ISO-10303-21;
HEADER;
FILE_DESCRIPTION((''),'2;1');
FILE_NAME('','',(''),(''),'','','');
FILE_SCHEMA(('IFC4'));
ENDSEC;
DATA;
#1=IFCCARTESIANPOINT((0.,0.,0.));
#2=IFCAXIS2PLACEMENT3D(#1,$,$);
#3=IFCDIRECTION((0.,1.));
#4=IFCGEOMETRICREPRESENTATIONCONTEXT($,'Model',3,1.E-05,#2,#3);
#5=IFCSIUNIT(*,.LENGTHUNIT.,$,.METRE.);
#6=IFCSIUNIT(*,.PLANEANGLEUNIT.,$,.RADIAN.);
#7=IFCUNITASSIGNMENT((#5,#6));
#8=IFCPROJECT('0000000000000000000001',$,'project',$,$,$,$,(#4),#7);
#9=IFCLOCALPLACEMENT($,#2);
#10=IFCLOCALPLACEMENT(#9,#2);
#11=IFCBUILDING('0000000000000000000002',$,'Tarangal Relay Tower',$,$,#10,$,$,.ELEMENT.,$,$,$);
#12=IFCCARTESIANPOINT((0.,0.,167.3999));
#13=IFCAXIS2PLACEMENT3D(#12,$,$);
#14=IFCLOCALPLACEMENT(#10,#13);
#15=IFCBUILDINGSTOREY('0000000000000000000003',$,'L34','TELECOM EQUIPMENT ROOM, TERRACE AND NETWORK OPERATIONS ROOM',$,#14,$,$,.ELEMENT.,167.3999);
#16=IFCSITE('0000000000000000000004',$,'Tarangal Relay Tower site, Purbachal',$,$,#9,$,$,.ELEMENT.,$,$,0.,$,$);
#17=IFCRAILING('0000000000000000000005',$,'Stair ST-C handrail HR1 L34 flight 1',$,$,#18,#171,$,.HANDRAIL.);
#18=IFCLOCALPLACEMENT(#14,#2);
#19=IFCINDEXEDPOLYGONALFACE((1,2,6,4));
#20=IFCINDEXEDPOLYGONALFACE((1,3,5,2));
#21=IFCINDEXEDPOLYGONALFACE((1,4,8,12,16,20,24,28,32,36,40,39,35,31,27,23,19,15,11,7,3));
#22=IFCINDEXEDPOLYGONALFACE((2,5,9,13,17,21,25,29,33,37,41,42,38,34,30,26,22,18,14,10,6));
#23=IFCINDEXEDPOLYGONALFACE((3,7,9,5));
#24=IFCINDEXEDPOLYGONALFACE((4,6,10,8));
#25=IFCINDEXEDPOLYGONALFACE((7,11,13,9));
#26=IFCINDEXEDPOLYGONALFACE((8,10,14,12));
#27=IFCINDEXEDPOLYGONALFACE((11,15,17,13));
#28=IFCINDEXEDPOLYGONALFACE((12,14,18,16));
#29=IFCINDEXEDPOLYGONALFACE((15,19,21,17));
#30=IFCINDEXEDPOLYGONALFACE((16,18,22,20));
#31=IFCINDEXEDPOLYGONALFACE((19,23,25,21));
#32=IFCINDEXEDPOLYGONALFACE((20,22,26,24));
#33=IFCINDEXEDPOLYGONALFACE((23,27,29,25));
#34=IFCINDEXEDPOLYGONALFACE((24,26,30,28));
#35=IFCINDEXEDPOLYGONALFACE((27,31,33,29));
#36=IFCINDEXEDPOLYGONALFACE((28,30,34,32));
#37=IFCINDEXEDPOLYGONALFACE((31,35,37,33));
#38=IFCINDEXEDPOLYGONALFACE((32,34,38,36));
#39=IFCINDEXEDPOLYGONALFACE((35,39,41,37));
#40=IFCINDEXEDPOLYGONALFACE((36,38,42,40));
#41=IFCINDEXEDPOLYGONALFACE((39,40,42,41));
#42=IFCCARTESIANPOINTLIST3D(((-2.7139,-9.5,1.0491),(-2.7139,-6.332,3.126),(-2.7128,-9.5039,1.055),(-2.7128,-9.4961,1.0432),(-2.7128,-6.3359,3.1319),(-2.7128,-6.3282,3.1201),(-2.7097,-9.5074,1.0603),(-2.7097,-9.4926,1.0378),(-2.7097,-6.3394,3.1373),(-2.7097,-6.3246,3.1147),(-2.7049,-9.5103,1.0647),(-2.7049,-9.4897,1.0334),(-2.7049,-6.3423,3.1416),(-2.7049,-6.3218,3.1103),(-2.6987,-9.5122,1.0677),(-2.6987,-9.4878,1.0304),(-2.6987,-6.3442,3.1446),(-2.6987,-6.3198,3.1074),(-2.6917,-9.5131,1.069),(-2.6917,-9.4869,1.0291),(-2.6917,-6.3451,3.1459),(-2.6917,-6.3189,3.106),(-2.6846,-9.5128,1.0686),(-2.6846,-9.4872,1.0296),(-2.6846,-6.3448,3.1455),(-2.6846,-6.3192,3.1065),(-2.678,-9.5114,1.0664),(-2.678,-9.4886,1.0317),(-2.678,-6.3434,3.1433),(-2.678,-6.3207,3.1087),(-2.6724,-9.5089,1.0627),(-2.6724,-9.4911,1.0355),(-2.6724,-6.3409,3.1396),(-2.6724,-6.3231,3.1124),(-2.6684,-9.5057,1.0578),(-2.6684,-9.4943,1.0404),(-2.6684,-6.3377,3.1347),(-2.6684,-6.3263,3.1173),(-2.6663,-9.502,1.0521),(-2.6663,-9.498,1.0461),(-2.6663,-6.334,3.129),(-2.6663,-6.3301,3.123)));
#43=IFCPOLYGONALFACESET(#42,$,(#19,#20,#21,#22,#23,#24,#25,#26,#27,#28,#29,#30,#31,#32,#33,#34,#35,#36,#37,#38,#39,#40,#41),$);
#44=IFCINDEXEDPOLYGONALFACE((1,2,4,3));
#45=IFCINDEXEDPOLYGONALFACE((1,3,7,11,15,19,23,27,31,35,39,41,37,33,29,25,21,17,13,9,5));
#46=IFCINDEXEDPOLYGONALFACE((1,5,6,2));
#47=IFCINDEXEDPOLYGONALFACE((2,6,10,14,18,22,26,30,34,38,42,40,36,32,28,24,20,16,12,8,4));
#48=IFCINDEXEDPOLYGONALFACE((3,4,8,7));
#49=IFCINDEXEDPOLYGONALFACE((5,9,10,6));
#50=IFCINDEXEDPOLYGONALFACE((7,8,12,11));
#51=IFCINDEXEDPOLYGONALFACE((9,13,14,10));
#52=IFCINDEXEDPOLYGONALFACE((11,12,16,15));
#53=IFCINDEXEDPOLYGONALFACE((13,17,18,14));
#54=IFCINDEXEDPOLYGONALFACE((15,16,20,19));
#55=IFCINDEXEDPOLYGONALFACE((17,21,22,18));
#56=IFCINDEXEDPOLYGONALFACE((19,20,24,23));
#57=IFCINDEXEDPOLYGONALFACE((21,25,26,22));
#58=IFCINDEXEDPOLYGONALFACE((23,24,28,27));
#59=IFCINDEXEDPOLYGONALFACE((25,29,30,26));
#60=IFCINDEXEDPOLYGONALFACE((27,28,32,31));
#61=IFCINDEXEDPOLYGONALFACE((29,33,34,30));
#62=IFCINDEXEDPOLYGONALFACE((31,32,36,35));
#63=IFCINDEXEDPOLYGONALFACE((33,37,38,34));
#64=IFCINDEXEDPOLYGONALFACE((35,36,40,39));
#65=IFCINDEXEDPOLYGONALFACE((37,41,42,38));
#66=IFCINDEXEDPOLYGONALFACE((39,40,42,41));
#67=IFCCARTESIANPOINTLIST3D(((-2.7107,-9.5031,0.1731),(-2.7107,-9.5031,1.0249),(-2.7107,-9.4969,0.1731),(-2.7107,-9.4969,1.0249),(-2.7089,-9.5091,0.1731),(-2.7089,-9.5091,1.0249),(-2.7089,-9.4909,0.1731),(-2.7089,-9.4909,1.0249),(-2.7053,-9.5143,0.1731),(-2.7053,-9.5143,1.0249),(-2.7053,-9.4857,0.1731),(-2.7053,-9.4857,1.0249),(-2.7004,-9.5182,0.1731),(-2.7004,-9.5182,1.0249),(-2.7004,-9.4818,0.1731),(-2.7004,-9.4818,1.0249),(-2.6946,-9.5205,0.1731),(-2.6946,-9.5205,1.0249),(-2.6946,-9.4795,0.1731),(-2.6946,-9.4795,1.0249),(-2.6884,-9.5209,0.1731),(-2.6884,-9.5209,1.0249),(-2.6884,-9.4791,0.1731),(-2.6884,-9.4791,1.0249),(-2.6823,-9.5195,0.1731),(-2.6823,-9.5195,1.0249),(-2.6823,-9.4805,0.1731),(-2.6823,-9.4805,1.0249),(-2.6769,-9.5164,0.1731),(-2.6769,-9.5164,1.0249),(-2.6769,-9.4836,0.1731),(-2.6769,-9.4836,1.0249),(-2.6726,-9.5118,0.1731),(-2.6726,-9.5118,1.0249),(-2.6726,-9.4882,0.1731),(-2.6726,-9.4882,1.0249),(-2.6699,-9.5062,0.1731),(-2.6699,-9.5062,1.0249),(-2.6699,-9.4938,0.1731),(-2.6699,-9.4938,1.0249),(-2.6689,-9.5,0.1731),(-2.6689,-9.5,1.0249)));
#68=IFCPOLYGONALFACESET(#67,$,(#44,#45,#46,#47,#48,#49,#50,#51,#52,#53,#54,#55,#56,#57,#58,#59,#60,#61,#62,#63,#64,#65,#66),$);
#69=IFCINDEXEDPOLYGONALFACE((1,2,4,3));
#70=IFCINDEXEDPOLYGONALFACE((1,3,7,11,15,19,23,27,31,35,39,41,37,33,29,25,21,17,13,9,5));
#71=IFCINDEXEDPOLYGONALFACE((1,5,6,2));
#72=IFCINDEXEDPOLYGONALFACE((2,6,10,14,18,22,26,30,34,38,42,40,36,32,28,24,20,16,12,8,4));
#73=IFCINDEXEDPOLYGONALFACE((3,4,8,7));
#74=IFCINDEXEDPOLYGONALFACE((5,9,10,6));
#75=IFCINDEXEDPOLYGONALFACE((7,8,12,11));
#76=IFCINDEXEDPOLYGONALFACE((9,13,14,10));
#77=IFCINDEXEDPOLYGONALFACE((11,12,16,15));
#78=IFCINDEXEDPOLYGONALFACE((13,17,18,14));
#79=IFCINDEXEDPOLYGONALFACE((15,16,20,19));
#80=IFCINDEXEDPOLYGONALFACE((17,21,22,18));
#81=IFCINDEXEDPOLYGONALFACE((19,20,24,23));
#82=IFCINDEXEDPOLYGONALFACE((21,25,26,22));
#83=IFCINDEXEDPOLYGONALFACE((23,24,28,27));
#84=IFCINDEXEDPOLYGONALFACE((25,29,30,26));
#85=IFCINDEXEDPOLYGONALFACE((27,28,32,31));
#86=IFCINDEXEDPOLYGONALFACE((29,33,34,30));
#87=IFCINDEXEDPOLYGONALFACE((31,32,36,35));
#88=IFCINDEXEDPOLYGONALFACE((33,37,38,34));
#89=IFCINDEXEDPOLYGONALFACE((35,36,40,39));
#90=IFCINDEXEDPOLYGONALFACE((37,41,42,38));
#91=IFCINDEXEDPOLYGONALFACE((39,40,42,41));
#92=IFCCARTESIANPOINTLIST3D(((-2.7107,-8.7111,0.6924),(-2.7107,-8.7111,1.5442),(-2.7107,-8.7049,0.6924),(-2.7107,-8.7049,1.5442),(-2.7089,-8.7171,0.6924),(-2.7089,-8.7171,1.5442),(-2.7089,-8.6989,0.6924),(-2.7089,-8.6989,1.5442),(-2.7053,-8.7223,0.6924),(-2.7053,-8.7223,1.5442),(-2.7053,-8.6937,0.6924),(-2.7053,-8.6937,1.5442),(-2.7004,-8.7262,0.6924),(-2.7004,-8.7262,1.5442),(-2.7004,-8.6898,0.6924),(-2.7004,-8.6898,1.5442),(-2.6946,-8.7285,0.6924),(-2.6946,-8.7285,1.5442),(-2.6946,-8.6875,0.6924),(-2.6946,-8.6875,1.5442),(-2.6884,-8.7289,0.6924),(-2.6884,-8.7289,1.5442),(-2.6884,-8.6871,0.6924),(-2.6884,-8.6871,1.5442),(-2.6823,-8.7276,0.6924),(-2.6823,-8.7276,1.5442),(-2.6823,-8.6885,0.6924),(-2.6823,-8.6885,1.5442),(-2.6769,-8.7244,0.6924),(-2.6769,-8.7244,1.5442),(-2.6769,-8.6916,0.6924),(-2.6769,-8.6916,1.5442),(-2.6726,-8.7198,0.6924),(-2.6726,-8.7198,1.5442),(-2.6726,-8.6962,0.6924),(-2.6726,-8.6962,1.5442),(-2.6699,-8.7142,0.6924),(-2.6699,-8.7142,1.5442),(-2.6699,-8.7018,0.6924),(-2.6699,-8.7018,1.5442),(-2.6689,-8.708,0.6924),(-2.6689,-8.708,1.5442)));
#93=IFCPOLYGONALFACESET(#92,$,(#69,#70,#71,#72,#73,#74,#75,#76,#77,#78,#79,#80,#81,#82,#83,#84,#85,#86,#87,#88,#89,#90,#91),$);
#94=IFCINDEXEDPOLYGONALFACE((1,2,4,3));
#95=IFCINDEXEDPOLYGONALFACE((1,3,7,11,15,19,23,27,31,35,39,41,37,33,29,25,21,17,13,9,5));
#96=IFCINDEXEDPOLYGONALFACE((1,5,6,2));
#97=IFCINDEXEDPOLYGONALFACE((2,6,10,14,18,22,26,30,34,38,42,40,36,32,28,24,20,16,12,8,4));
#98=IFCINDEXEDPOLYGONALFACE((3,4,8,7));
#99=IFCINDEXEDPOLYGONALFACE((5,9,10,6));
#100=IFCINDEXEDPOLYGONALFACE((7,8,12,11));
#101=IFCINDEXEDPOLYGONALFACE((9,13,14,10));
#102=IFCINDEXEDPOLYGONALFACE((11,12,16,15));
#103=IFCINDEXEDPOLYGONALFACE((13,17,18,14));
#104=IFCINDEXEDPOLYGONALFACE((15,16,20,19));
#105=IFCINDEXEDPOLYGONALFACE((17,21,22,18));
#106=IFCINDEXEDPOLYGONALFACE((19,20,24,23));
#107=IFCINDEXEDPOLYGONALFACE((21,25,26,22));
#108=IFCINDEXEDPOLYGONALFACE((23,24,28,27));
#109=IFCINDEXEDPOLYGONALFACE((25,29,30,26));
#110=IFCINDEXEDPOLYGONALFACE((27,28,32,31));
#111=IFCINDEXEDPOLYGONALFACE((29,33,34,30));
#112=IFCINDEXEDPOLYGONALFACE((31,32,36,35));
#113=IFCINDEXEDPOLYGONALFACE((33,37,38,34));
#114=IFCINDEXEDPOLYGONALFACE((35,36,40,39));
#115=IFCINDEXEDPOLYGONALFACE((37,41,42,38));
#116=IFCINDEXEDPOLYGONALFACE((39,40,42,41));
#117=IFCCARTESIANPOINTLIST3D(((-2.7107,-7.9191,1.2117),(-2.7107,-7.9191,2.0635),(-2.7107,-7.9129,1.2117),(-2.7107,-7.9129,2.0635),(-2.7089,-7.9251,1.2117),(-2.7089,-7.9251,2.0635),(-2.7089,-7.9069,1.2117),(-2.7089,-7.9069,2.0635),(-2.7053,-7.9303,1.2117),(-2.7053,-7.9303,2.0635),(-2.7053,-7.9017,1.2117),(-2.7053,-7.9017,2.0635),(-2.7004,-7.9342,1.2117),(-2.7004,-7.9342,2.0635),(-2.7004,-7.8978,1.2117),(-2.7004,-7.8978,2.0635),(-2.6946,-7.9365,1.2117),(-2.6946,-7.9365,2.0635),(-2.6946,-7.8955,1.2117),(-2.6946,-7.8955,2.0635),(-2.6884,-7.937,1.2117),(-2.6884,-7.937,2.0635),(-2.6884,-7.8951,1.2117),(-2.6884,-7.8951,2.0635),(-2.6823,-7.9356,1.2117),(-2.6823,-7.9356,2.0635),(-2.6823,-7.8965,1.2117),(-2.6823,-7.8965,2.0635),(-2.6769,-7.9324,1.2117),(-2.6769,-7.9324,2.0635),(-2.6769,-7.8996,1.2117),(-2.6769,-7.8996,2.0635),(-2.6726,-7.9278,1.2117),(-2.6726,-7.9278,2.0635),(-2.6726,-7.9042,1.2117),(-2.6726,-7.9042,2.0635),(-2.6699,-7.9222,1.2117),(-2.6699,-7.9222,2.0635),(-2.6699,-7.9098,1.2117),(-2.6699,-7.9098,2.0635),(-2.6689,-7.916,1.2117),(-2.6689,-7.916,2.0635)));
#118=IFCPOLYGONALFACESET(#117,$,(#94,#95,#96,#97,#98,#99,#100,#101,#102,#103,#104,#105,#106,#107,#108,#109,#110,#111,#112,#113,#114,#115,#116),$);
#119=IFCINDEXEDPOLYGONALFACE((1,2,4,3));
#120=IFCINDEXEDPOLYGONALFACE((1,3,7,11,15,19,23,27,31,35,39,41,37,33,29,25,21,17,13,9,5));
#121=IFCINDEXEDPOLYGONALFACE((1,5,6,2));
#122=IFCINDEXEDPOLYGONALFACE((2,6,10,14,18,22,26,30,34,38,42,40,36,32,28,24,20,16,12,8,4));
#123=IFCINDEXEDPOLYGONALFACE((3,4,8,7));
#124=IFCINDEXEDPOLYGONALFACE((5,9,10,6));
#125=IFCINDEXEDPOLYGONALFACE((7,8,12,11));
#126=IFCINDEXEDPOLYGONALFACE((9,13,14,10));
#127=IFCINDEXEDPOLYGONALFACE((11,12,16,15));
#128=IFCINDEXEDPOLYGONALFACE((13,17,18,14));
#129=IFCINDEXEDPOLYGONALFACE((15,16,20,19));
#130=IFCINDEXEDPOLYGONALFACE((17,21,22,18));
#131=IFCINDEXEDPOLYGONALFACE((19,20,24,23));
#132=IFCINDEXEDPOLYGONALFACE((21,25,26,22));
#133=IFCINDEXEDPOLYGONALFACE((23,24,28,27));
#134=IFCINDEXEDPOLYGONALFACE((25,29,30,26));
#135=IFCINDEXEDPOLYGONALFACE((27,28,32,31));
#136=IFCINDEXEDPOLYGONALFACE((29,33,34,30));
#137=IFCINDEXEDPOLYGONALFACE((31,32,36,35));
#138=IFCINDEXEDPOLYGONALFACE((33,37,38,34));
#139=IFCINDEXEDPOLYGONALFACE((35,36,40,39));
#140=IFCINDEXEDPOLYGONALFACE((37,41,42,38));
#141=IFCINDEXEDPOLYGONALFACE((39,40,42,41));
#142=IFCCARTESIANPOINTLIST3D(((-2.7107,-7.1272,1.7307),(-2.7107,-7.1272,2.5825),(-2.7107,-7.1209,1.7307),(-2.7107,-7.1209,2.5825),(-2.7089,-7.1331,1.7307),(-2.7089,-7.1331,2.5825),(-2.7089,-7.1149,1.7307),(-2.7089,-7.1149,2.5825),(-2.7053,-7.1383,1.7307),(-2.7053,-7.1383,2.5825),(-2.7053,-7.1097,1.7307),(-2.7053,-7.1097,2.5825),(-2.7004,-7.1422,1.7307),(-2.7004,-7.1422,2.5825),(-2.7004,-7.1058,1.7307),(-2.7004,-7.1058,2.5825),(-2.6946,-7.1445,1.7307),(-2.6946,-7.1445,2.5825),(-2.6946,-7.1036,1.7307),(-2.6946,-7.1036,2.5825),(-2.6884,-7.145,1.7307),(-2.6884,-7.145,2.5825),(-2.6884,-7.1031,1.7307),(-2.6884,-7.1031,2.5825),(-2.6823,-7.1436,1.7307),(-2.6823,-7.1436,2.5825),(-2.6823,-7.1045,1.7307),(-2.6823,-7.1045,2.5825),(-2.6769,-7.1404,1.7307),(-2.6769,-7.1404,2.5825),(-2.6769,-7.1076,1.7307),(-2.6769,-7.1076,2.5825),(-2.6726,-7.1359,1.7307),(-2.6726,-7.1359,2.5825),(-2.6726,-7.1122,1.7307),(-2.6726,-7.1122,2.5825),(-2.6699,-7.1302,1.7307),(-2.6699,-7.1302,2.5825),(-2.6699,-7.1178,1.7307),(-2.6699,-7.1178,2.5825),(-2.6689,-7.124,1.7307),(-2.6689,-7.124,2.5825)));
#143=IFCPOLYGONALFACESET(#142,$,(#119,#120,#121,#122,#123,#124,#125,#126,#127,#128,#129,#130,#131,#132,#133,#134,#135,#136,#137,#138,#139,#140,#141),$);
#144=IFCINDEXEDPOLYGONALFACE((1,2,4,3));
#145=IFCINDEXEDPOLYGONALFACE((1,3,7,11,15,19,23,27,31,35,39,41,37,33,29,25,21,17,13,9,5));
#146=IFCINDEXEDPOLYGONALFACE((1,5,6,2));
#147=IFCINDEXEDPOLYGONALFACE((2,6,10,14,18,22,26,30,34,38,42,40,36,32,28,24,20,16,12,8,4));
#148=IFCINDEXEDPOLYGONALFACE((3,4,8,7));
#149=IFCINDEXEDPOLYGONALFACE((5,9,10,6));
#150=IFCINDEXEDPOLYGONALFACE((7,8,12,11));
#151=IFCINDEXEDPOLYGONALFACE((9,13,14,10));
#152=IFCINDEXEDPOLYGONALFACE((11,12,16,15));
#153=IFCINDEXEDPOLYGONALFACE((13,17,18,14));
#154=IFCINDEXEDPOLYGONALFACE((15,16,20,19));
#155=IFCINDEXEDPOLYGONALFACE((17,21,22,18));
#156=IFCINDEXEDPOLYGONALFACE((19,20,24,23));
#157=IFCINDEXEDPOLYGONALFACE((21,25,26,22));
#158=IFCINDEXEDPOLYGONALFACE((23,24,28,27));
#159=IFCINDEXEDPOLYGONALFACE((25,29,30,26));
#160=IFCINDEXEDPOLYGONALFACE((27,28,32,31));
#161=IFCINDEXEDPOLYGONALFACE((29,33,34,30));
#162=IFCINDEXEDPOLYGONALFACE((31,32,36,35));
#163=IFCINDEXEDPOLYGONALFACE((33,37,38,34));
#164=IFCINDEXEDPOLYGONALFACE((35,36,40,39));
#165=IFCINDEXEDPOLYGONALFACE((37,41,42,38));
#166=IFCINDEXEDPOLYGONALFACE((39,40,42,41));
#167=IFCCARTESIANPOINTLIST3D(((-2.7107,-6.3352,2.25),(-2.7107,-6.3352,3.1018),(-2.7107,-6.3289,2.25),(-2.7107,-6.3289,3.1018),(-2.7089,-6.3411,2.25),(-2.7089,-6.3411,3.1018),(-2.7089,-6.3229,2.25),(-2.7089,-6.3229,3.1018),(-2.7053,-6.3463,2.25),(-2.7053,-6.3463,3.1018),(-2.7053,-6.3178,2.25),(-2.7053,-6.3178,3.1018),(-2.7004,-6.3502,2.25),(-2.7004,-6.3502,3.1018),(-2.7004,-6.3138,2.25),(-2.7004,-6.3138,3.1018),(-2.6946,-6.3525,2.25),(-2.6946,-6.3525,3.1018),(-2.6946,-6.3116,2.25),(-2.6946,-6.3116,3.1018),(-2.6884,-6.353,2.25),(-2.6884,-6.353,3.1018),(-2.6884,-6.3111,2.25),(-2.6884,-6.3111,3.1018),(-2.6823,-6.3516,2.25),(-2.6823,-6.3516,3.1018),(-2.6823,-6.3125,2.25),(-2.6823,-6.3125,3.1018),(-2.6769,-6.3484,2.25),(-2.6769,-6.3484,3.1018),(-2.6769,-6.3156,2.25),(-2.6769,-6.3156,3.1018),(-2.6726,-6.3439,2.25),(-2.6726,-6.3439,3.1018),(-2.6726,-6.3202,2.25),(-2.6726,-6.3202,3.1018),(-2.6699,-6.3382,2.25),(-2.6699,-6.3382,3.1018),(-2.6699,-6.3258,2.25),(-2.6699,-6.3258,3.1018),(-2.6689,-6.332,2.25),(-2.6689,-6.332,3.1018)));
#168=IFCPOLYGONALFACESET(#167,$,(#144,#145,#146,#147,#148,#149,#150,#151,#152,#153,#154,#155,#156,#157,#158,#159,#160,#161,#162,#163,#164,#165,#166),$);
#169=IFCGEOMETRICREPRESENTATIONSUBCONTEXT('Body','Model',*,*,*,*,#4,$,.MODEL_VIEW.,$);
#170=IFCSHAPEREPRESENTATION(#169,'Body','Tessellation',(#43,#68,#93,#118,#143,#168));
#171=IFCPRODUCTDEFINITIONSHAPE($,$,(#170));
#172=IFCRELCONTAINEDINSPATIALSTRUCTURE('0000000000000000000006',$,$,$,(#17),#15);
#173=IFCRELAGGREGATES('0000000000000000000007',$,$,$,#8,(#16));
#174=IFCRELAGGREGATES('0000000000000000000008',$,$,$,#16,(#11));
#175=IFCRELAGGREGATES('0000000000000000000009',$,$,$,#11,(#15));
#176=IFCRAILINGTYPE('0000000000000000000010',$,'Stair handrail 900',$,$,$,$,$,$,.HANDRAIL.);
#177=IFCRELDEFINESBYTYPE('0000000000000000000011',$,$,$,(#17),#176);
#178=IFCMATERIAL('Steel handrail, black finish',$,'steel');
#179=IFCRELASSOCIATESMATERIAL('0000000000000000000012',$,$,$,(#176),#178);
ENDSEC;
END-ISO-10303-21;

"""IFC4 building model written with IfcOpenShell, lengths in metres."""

from ifc_helpers import new_model, si_unit, direction, frame, origin, origin_2d, place, context, subcontext, project, spatial, circle, extrude, material, type_object, element, save


model = new_model("IFC4")

# Units and contexts
model_context = context("Model", 3, precision=1e-05, world=origin(), true_north=direction((0.0, 1.0)))
body_context = subcontext(model_context, "Body", "Model", "MODEL_VIEW")
ifc_project = project(units=[si_unit("LENGTHUNIT", "METRE"), si_unit("PLANEANGLEUNIT", "RADIAN")], contexts=[model_context])

# Site, building, storey
site_placement = place(None, origin())
site = spatial("IfcSite", under=ifc_project, at=site_placement, Name="Tarangal Relay Tower site, Purbachal", CompositionType="ELEMENT", RefElevation=0.0)
building_placement = place(site_placement, origin())
building = spatial("IfcBuilding", under=site, at=building_placement, Name="Tarangal Relay Tower", CompositionType="ELEMENT")
storey_placement = place(building_placement, frame((0.0, 0.0, 167.3999)))
storey = spatial("IfcBuildingStorey", under=building, at=storey_placement, Name="L34", Description="TELECOM EQUIPMENT ROOM, TERRACE AND NETWORK OPERATIONS ROOM", CompositionType="ELEMENT", Elevation=167.3999)

# Railing
ifc_material_1 = material(Name="Steel handrail, black finish", Category="steel")
railing_type_1 = type_object("IfcRailingType", Name="Stair handrail 900", PredefinedType="HANDRAIL", material=ifc_material_1)
railing_1_placement = place(storey_placement, frame((-2.6899, -9.5, 0.1731)))
element("IfcRailing", 1, at=railing_1_placement, inside=storey, type_object=railing_type_1, Name="Stair ST-C handrail HR1 L34 flight 1", PredefinedType="HANDRAIL", context=body_context, shape_type="SweptSolid", body=[
    extrude(circle(Radius=0.0239, at=origin_2d()), frame((0.0, 0.0, 0.876), z_axis=(0.0, 0.836299, 0.548273), x_axis=(-1.0, 0.0, 0.0)), (0.0, 0.0, 1.0), 3.7881),
    extrude(circle(Radius=0.021, at=origin_2d()), origin(), (0.0, 0.0, 1.0), 0.8518),
    extrude(circle(Radius=0.021, at=origin_2d()), frame((0.0, 0.792, 0.5193)), (0.0, 0.0, 1.0), 0.8518),
    extrude(circle(Radius=0.021, at=origin_2d()), frame((0.0, 1.584, 1.0386)), (0.0, 0.0, 1.0), 0.8518),
    extrude(circle(Radius=0.021, at=origin_2d()), frame((0.0, 2.376, 1.5576)), (0.0, 0.0, 1.0), 0.8518),
    extrude(circle(Radius=0.021, at=origin_2d()), frame((0.0, 3.168, 2.0769)), (0.0, 0.0, 1.0), 0.8518),
])

save(model, "model.ifc")
